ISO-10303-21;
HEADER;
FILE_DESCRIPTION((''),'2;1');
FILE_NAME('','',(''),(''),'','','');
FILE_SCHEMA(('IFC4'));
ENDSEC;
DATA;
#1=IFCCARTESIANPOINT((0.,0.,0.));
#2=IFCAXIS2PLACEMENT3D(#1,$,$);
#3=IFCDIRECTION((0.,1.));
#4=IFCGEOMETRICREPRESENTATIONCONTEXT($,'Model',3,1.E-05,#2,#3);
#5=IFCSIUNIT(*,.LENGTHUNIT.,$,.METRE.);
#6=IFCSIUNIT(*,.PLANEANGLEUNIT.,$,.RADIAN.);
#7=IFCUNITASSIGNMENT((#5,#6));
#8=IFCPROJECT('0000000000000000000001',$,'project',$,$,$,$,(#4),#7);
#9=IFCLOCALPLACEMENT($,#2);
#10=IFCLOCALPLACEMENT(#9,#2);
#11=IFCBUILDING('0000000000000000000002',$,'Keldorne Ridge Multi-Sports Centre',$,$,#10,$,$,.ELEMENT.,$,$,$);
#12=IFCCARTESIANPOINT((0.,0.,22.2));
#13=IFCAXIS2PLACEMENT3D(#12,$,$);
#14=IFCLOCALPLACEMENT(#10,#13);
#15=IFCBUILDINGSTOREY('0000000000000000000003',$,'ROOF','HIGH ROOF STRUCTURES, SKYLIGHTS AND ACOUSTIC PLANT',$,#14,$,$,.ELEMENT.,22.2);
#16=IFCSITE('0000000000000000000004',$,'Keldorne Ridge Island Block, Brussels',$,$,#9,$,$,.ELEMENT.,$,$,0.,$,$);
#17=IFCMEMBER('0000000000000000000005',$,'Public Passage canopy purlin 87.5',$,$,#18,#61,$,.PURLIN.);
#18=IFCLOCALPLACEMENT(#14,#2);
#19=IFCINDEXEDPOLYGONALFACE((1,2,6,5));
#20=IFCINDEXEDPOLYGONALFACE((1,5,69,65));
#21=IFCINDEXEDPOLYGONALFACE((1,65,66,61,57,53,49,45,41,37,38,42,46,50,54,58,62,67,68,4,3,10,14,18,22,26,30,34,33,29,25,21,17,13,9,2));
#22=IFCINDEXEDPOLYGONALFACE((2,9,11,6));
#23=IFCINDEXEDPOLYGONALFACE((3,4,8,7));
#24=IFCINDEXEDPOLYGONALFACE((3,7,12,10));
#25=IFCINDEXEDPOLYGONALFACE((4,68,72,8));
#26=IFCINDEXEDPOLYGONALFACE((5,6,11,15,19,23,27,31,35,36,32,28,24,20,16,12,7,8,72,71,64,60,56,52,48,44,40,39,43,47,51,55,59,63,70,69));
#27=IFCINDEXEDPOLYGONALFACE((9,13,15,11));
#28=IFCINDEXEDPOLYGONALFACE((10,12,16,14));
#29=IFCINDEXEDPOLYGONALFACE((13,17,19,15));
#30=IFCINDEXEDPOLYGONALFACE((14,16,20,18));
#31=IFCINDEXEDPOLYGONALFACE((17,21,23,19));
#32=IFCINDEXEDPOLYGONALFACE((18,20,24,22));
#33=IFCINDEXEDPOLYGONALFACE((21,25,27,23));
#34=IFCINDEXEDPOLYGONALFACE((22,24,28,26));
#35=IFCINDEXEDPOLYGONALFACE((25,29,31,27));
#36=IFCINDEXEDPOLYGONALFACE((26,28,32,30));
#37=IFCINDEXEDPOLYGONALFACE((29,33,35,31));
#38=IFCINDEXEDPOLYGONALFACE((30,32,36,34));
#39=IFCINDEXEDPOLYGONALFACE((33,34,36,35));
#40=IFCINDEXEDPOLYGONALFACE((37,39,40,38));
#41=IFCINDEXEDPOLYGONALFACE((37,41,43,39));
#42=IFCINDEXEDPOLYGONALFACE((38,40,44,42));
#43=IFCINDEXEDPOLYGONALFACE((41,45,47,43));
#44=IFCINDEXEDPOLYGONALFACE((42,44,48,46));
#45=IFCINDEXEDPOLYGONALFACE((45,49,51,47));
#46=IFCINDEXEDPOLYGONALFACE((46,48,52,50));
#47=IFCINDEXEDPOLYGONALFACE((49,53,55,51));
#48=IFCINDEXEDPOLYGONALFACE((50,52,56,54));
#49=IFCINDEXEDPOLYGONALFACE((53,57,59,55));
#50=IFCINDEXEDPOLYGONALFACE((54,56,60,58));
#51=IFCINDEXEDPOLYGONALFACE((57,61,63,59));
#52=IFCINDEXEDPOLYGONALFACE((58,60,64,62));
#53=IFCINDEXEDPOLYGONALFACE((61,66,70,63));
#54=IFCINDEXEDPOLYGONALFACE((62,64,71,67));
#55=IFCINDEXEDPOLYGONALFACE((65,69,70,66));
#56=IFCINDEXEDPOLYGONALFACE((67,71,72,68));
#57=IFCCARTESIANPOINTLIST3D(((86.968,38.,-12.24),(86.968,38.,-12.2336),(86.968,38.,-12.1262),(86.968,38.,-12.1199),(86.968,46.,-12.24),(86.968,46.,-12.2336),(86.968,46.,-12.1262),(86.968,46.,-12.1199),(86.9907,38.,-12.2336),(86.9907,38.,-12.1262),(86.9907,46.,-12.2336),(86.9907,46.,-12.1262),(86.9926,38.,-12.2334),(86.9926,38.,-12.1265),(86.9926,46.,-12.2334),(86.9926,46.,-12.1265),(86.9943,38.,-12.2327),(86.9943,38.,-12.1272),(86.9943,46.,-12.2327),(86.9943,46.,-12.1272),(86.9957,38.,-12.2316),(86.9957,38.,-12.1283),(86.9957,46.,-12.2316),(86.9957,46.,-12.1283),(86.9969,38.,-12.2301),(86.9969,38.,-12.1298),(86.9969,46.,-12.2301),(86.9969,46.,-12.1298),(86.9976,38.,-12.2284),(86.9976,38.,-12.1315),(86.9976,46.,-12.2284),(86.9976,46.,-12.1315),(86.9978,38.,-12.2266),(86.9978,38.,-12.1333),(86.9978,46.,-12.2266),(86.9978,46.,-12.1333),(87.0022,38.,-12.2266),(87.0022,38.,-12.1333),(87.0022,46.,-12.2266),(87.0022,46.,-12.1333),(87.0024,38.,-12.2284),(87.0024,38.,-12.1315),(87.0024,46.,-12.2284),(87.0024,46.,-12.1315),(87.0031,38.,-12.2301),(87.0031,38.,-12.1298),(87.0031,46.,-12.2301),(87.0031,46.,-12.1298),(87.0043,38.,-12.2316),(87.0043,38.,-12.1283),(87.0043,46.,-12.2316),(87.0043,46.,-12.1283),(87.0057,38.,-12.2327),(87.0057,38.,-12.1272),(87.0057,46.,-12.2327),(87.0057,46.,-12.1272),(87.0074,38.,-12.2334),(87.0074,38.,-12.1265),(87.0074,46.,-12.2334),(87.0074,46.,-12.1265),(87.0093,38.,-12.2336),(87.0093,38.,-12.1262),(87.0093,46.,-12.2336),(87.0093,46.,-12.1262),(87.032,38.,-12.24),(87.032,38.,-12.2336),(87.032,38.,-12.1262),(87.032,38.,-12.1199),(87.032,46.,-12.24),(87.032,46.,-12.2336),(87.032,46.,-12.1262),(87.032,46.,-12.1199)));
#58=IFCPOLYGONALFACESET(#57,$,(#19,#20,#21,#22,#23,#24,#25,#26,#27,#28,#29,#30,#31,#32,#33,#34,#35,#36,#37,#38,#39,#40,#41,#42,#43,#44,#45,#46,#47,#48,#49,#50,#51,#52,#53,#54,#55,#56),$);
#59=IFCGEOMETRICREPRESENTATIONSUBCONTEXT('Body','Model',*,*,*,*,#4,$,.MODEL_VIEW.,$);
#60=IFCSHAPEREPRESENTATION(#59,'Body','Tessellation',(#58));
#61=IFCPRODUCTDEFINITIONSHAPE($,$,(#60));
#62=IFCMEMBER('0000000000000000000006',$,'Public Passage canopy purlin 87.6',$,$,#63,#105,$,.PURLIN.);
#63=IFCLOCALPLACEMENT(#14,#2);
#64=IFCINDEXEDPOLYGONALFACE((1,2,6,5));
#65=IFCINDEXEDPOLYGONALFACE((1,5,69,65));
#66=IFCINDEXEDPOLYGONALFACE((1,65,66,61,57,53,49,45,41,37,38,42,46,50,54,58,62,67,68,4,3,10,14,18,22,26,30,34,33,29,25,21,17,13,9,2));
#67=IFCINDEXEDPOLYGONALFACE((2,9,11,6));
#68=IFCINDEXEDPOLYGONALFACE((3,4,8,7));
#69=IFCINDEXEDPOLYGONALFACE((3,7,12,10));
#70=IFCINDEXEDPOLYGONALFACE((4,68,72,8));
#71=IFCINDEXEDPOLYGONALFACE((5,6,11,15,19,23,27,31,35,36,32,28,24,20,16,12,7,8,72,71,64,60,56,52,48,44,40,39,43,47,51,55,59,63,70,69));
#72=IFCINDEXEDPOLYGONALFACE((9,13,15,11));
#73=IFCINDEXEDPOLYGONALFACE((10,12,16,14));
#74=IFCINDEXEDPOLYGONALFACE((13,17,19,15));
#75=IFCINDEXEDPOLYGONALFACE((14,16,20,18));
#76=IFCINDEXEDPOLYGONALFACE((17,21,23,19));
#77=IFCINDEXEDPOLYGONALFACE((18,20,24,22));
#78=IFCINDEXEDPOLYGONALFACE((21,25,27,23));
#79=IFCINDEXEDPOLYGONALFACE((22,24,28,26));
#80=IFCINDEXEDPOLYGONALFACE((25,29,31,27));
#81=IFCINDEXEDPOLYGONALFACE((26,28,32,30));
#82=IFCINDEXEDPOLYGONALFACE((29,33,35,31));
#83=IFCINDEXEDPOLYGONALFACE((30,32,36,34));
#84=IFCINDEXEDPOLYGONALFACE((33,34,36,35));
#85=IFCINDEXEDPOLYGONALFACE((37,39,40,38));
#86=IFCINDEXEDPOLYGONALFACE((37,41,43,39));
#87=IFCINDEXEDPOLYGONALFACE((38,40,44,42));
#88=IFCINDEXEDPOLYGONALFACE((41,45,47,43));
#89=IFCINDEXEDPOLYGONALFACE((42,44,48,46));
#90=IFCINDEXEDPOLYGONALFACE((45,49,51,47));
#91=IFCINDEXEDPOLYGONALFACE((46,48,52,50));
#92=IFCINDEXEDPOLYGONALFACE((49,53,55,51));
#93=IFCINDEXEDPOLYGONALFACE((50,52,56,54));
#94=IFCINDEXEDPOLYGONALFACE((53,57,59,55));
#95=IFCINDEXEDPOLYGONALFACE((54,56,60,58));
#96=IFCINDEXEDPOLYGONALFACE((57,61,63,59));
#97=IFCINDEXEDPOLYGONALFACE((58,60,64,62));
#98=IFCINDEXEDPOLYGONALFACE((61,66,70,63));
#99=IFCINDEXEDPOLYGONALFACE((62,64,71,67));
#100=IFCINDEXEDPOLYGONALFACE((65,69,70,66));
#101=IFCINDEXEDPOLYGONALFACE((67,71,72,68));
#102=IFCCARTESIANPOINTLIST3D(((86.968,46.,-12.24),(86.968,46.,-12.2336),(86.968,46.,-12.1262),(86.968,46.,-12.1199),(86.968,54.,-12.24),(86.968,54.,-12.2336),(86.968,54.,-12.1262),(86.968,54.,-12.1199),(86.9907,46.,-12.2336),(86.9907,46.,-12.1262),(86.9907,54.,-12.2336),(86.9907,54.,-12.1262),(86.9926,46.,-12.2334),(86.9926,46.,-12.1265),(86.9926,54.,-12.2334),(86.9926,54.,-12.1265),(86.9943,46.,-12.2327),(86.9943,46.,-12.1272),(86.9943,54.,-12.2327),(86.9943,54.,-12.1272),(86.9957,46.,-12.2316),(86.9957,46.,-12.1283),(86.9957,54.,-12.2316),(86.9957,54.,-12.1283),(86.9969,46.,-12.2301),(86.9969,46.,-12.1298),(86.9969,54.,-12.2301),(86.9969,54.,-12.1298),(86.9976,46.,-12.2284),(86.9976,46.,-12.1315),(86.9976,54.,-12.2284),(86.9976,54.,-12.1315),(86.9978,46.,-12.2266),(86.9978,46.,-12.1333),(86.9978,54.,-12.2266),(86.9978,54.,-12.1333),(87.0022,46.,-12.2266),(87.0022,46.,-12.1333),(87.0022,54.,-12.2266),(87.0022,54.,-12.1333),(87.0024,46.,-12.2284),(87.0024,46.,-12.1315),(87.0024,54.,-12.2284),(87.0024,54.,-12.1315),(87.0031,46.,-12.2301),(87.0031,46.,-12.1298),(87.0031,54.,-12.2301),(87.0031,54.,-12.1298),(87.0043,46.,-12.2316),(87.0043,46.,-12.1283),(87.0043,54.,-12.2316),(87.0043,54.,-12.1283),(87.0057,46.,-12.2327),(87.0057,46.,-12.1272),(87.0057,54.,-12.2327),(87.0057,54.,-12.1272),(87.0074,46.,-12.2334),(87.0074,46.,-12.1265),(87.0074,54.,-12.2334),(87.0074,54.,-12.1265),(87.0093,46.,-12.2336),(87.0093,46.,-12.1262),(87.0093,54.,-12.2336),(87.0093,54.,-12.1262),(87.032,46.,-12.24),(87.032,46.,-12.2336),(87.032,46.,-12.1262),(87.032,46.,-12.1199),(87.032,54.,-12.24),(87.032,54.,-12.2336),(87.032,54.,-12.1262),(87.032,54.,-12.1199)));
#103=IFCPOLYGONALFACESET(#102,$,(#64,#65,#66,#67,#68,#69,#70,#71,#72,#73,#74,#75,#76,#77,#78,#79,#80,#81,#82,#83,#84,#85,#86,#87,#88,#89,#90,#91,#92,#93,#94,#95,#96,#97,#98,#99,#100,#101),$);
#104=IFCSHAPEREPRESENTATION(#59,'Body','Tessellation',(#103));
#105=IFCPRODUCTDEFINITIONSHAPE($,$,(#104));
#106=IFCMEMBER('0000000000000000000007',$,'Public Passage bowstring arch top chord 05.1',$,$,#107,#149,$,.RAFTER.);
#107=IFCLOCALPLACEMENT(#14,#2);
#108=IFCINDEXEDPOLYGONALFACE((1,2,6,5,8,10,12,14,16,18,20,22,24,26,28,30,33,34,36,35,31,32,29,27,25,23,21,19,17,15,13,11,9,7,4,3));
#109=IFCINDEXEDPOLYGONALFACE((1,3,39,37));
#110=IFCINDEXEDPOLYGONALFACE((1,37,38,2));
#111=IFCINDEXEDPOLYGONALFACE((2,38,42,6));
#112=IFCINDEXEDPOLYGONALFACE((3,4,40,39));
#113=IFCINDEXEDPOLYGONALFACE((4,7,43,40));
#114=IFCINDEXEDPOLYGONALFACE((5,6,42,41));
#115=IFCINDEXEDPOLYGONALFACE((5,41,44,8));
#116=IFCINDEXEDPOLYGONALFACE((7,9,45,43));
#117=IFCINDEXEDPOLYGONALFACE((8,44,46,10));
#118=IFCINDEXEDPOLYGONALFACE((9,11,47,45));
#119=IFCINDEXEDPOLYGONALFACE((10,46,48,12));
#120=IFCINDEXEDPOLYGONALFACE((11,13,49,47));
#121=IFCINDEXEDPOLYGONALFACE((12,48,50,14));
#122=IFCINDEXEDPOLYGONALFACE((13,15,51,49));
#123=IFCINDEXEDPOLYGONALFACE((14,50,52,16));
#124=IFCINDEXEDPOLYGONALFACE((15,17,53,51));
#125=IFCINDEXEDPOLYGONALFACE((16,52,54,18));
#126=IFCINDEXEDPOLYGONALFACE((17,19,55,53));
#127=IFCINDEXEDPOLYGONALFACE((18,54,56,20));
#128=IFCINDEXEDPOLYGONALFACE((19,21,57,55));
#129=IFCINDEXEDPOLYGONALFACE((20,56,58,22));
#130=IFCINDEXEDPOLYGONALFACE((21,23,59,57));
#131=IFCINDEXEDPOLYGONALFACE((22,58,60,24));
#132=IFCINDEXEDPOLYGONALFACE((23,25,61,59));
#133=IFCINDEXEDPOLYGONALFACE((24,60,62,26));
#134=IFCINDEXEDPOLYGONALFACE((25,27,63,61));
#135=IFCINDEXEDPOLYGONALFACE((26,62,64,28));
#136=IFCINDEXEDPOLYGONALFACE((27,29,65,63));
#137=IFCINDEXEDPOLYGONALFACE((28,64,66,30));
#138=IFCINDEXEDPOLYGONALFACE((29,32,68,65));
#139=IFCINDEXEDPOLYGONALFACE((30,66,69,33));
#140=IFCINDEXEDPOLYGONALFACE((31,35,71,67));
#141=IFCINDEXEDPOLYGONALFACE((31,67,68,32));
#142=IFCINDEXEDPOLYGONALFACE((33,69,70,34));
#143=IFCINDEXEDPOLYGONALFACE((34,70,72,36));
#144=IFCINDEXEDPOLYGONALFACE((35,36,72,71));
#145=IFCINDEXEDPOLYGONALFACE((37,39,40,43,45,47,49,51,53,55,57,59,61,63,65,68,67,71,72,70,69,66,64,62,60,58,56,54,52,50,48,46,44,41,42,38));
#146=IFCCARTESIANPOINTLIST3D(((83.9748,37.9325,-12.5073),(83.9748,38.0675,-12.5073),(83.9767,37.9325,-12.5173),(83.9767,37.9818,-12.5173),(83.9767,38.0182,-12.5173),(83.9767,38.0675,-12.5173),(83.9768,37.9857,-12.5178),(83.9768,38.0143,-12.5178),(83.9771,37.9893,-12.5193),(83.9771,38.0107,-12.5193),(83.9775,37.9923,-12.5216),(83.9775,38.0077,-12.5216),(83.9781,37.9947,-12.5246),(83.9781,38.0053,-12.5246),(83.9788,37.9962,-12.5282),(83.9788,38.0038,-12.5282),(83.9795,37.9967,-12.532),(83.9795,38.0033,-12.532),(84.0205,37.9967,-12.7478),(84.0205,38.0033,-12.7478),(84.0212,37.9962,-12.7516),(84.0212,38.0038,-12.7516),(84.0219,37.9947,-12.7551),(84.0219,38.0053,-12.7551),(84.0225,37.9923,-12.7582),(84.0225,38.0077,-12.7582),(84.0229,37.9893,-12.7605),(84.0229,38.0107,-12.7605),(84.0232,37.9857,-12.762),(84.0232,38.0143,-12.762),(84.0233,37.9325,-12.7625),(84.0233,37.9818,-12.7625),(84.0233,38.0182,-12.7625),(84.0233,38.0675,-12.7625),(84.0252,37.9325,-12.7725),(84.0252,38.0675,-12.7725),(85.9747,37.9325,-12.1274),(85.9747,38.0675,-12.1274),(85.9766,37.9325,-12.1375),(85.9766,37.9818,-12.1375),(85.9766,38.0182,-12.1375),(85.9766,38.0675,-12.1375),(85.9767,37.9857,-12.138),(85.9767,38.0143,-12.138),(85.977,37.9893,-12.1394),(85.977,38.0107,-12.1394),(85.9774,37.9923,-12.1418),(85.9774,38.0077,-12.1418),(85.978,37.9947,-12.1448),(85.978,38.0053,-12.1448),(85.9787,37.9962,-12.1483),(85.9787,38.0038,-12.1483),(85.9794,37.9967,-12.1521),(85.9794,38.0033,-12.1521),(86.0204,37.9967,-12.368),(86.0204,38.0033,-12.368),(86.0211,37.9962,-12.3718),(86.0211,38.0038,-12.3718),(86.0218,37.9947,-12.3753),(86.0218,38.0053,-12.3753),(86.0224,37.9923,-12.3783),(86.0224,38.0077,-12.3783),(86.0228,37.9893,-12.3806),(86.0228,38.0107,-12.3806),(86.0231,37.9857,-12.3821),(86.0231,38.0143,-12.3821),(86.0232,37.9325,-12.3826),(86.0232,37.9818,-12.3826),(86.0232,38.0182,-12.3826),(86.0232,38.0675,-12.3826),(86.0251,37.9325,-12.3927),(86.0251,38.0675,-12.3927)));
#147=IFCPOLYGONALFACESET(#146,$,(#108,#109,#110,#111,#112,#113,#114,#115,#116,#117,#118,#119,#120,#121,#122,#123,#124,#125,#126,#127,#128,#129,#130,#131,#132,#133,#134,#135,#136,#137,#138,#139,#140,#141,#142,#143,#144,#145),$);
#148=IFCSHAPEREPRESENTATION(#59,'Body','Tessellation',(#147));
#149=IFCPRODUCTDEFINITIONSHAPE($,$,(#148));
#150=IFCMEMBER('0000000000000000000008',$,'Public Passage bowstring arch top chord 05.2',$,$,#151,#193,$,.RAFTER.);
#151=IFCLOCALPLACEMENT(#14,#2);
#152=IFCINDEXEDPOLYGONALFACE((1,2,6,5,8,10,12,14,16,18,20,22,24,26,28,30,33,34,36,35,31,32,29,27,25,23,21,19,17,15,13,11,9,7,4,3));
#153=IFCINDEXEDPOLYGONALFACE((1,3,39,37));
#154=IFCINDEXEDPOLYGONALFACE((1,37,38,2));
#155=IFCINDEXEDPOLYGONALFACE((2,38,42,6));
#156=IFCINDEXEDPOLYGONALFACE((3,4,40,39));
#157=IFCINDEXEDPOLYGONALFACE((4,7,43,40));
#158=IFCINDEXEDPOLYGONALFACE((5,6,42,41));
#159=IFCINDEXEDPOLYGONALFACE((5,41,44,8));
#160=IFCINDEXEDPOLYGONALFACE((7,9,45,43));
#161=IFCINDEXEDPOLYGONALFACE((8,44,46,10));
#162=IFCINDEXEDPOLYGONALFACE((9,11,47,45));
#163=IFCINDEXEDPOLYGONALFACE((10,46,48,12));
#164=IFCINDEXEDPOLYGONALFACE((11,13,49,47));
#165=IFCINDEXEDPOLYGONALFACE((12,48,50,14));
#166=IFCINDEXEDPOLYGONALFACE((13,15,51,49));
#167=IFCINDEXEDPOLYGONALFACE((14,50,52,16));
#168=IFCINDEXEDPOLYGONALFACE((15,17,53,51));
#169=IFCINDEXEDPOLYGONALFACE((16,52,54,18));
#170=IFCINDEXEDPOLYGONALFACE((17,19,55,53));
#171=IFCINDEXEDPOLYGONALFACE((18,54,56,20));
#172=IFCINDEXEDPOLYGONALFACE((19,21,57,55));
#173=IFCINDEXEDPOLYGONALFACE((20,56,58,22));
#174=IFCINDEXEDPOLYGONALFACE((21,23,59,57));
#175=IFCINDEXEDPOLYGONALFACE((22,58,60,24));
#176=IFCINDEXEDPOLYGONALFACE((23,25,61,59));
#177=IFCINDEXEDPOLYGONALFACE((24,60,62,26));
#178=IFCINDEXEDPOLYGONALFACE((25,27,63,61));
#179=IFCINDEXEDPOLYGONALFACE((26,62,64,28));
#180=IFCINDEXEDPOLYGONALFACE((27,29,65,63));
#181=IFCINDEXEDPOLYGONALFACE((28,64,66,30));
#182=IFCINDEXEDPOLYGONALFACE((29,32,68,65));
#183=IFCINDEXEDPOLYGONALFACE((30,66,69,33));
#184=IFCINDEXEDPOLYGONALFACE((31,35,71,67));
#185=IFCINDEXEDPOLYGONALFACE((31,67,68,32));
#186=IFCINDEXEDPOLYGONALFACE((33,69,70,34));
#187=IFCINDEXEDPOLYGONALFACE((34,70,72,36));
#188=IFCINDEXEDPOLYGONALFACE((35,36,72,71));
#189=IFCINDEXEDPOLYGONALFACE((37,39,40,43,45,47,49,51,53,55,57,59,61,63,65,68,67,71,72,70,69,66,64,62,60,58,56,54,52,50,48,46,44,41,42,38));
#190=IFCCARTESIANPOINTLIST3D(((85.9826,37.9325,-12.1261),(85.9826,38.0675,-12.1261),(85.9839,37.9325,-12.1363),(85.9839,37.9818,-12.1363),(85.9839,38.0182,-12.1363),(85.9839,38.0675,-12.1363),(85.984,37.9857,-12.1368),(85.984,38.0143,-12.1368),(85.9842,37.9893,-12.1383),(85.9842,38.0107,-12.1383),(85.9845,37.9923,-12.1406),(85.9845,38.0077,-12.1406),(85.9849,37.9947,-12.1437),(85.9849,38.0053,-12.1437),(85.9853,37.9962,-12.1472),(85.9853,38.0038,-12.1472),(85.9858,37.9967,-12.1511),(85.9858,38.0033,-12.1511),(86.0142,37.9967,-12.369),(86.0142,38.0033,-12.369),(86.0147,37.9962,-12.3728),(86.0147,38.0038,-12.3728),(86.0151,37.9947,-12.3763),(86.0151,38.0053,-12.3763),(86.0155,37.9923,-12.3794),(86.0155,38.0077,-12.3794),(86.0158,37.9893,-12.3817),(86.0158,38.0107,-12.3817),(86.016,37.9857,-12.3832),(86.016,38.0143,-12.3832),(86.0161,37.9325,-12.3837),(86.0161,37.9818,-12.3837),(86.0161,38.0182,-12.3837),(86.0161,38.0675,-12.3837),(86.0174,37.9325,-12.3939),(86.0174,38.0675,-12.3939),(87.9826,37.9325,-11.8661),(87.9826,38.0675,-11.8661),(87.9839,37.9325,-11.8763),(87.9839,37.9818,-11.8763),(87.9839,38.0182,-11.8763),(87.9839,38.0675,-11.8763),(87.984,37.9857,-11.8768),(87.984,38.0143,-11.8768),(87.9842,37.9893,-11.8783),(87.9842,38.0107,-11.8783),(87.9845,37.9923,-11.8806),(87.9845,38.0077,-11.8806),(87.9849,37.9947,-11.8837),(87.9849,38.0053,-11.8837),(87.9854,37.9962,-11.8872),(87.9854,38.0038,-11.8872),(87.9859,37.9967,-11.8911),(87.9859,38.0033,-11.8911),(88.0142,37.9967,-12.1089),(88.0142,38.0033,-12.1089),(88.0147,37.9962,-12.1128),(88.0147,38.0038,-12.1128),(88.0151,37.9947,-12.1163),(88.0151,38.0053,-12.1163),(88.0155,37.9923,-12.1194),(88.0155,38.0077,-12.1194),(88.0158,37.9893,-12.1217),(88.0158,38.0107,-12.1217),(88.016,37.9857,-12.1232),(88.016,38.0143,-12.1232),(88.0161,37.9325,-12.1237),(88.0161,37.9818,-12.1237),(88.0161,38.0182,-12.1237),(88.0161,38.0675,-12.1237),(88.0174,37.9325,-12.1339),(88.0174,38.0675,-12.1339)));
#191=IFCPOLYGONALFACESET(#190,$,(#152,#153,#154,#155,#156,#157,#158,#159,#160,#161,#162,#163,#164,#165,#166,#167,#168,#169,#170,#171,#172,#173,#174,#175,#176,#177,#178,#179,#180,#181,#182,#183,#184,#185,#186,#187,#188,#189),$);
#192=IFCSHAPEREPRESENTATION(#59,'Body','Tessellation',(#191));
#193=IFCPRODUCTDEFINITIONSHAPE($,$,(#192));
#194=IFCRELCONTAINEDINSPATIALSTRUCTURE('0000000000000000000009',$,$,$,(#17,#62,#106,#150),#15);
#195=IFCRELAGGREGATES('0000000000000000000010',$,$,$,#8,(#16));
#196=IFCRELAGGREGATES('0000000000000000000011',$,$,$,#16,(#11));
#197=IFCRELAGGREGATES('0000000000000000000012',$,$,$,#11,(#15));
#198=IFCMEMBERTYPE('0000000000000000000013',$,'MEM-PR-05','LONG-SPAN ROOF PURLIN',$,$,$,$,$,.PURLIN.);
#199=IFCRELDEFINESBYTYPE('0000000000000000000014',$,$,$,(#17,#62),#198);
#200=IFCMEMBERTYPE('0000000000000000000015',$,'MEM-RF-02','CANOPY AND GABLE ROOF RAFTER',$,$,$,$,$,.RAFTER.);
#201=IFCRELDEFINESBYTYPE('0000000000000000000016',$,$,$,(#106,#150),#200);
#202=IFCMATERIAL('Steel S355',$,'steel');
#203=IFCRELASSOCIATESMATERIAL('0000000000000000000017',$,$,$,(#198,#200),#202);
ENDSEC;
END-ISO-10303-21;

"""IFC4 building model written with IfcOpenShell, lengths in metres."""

from ifc_helpers import new_model, si_unit, direction, frame, origin, origin_2d, place, context, subcontext, project, spatial, i_section, extrude, material, material_profile, profile_set, type_object, element, save


model = new_model("IFC4")

# Units and contexts
model_context = context("Model", 3, precision=1e-05, world=origin(), true_north=direction((0.0, 1.0)))
body_context = subcontext(model_context, "Body", "Model", "MODEL_VIEW")
ifc_project = project(units=[si_unit("LENGTHUNIT", "METRE"), si_unit("PLANEANGLEUNIT", "RADIAN")], contexts=[model_context])

# Site, building, storey
site_placement = place(None, origin())
site = spatial("IfcSite", under=ifc_project, at=site_placement, Name="Keldorne Ridge Island Block, Brussels", CompositionType="ELEMENT", RefElevation=0.0)
building_placement = place(site_placement, origin())
building = spatial("IfcBuilding", under=site, at=building_placement, Name="Keldorne Ridge Multi-Sports Centre", CompositionType="ELEMENT")
storey_placement = place(building_placement, frame((0.0, 0.0, 22.2)))
storey = spatial("IfcBuildingStorey", under=building, at=storey_placement, Name="ROOF", Description="HIGH ROOF STRUCTURES, SKYLIGHTS AND ACOUSTIC PLANT", CompositionType="ELEMENT", Elevation=22.2)

# Members
ifc_material = material(Name="Steel S355", Category="steel")
ifc_material_profile_1 = material_profile(ifc_material, i_section(OverallWidth=0.064, OverallDepth=0.1201, WebThickness=0.0044, FlangeThickness=0.0063, FilletRadius=0.0071, at=origin_2d()), Name="IPE 120")
ifc_profile_set_1 = profile_set([ifc_material_profile_1], Name="Steel S355")
member_type_1 = type_object("IfcMemberType", Name="MEM-PR-05", Description="LONG-SPAN ROOF PURLIN", PredefinedType="PURLIN", material=ifc_profile_set_1)
for number, where, z_axis, x_axis, name in (
    (1, (87.0, 38.0, -12.1799), (0.0, 1.0, 0.0), (-1.0, 0.0, 0.0), "Public Passage canopy purlin 87.5"),
    (2, (87.0, 46.0, -12.1799), (0.0, 1.0, 0.0), (-1.0, 0.0, 0.0), "Public Passage canopy purlin 87.6"),
):
    element("IfcMember", number, at=place(storey_placement, frame(where, z_axis=z_axis, x_axis=x_axis)), inside=storey, type_object=member_type_1, Name=name, PredefinedType="PURLIN", context=body_context, shape_type="SweptSolid", body=[
        extrude(i_section(OverallWidth=0.064, OverallDepth=0.1201, WebThickness=0.0044, FlangeThickness=0.0063, FilletRadius=0.0071, at=origin_2d()), origin(), (0.0, 0.0, 1.0), 8.0),
    ])
ifc_material_profile_2 = material_profile(ifc_material, i_section(OverallWidth=0.135, OverallDepth=0.27, WebThickness=0.0066, FlangeThickness=0.0103, FilletRadius=0.0149, at=origin_2d()), Name="IPE 270")
ifc_profile_set_2 = profile_set([ifc_material_profile_2], Name="Steel S355")
member_type_2 = type_object("IfcMemberType", Name="MEM-RF-02", Description="CANOPY AND GABLE ROOF RAFTER", PredefinedType="RAFTER", material=ifc_profile_set_2)
member_1_placement = place(storey_placement, frame((84.0, 38.0, -12.6399), z_axis=(0.982435, 0.0, 0.186605), x_axis=(0.0, 1.0, 0.0)))
element("IfcMember", 3, at=member_1_placement, inside=storey, type_object=member_type_2, Name="Public Passage bowstring arch top chord 05.1", PredefinedType="RAFTER", context=body_context, shape_type="SweptSolid", body=[
    extrude(i_section(OverallWidth=0.135, OverallDepth=0.27, WebThickness=0.0066, FlangeThickness=0.0103, FilletRadius=0.0149, at=origin_2d()), origin(), (0.0, 0.0, 1.0), 2.0356),
])
member_2_placement = place(storey_placement, frame((86.0, 38.0, -12.26), z_axis=(0.991655, 0.0, 0.12892), x_axis=(0.0, 1.0, 0.0)))
element("IfcMember", 4, at=member_2_placement, inside=storey, type_object=member_type_2, Name="Public Passage bowstring arch top chord 05.2", PredefinedType="RAFTER", context=body_context, shape_type="SweptSolid", body=[
    extrude(i_section(OverallWidth=0.135, OverallDepth=0.27, WebThickness=0.0066, FlangeThickness=0.0103, FilletRadius=0.0149, at=origin_2d()), origin(), (0.0, 0.0, 1.0), 2.0168),
])

save(model, "model.ifc")
